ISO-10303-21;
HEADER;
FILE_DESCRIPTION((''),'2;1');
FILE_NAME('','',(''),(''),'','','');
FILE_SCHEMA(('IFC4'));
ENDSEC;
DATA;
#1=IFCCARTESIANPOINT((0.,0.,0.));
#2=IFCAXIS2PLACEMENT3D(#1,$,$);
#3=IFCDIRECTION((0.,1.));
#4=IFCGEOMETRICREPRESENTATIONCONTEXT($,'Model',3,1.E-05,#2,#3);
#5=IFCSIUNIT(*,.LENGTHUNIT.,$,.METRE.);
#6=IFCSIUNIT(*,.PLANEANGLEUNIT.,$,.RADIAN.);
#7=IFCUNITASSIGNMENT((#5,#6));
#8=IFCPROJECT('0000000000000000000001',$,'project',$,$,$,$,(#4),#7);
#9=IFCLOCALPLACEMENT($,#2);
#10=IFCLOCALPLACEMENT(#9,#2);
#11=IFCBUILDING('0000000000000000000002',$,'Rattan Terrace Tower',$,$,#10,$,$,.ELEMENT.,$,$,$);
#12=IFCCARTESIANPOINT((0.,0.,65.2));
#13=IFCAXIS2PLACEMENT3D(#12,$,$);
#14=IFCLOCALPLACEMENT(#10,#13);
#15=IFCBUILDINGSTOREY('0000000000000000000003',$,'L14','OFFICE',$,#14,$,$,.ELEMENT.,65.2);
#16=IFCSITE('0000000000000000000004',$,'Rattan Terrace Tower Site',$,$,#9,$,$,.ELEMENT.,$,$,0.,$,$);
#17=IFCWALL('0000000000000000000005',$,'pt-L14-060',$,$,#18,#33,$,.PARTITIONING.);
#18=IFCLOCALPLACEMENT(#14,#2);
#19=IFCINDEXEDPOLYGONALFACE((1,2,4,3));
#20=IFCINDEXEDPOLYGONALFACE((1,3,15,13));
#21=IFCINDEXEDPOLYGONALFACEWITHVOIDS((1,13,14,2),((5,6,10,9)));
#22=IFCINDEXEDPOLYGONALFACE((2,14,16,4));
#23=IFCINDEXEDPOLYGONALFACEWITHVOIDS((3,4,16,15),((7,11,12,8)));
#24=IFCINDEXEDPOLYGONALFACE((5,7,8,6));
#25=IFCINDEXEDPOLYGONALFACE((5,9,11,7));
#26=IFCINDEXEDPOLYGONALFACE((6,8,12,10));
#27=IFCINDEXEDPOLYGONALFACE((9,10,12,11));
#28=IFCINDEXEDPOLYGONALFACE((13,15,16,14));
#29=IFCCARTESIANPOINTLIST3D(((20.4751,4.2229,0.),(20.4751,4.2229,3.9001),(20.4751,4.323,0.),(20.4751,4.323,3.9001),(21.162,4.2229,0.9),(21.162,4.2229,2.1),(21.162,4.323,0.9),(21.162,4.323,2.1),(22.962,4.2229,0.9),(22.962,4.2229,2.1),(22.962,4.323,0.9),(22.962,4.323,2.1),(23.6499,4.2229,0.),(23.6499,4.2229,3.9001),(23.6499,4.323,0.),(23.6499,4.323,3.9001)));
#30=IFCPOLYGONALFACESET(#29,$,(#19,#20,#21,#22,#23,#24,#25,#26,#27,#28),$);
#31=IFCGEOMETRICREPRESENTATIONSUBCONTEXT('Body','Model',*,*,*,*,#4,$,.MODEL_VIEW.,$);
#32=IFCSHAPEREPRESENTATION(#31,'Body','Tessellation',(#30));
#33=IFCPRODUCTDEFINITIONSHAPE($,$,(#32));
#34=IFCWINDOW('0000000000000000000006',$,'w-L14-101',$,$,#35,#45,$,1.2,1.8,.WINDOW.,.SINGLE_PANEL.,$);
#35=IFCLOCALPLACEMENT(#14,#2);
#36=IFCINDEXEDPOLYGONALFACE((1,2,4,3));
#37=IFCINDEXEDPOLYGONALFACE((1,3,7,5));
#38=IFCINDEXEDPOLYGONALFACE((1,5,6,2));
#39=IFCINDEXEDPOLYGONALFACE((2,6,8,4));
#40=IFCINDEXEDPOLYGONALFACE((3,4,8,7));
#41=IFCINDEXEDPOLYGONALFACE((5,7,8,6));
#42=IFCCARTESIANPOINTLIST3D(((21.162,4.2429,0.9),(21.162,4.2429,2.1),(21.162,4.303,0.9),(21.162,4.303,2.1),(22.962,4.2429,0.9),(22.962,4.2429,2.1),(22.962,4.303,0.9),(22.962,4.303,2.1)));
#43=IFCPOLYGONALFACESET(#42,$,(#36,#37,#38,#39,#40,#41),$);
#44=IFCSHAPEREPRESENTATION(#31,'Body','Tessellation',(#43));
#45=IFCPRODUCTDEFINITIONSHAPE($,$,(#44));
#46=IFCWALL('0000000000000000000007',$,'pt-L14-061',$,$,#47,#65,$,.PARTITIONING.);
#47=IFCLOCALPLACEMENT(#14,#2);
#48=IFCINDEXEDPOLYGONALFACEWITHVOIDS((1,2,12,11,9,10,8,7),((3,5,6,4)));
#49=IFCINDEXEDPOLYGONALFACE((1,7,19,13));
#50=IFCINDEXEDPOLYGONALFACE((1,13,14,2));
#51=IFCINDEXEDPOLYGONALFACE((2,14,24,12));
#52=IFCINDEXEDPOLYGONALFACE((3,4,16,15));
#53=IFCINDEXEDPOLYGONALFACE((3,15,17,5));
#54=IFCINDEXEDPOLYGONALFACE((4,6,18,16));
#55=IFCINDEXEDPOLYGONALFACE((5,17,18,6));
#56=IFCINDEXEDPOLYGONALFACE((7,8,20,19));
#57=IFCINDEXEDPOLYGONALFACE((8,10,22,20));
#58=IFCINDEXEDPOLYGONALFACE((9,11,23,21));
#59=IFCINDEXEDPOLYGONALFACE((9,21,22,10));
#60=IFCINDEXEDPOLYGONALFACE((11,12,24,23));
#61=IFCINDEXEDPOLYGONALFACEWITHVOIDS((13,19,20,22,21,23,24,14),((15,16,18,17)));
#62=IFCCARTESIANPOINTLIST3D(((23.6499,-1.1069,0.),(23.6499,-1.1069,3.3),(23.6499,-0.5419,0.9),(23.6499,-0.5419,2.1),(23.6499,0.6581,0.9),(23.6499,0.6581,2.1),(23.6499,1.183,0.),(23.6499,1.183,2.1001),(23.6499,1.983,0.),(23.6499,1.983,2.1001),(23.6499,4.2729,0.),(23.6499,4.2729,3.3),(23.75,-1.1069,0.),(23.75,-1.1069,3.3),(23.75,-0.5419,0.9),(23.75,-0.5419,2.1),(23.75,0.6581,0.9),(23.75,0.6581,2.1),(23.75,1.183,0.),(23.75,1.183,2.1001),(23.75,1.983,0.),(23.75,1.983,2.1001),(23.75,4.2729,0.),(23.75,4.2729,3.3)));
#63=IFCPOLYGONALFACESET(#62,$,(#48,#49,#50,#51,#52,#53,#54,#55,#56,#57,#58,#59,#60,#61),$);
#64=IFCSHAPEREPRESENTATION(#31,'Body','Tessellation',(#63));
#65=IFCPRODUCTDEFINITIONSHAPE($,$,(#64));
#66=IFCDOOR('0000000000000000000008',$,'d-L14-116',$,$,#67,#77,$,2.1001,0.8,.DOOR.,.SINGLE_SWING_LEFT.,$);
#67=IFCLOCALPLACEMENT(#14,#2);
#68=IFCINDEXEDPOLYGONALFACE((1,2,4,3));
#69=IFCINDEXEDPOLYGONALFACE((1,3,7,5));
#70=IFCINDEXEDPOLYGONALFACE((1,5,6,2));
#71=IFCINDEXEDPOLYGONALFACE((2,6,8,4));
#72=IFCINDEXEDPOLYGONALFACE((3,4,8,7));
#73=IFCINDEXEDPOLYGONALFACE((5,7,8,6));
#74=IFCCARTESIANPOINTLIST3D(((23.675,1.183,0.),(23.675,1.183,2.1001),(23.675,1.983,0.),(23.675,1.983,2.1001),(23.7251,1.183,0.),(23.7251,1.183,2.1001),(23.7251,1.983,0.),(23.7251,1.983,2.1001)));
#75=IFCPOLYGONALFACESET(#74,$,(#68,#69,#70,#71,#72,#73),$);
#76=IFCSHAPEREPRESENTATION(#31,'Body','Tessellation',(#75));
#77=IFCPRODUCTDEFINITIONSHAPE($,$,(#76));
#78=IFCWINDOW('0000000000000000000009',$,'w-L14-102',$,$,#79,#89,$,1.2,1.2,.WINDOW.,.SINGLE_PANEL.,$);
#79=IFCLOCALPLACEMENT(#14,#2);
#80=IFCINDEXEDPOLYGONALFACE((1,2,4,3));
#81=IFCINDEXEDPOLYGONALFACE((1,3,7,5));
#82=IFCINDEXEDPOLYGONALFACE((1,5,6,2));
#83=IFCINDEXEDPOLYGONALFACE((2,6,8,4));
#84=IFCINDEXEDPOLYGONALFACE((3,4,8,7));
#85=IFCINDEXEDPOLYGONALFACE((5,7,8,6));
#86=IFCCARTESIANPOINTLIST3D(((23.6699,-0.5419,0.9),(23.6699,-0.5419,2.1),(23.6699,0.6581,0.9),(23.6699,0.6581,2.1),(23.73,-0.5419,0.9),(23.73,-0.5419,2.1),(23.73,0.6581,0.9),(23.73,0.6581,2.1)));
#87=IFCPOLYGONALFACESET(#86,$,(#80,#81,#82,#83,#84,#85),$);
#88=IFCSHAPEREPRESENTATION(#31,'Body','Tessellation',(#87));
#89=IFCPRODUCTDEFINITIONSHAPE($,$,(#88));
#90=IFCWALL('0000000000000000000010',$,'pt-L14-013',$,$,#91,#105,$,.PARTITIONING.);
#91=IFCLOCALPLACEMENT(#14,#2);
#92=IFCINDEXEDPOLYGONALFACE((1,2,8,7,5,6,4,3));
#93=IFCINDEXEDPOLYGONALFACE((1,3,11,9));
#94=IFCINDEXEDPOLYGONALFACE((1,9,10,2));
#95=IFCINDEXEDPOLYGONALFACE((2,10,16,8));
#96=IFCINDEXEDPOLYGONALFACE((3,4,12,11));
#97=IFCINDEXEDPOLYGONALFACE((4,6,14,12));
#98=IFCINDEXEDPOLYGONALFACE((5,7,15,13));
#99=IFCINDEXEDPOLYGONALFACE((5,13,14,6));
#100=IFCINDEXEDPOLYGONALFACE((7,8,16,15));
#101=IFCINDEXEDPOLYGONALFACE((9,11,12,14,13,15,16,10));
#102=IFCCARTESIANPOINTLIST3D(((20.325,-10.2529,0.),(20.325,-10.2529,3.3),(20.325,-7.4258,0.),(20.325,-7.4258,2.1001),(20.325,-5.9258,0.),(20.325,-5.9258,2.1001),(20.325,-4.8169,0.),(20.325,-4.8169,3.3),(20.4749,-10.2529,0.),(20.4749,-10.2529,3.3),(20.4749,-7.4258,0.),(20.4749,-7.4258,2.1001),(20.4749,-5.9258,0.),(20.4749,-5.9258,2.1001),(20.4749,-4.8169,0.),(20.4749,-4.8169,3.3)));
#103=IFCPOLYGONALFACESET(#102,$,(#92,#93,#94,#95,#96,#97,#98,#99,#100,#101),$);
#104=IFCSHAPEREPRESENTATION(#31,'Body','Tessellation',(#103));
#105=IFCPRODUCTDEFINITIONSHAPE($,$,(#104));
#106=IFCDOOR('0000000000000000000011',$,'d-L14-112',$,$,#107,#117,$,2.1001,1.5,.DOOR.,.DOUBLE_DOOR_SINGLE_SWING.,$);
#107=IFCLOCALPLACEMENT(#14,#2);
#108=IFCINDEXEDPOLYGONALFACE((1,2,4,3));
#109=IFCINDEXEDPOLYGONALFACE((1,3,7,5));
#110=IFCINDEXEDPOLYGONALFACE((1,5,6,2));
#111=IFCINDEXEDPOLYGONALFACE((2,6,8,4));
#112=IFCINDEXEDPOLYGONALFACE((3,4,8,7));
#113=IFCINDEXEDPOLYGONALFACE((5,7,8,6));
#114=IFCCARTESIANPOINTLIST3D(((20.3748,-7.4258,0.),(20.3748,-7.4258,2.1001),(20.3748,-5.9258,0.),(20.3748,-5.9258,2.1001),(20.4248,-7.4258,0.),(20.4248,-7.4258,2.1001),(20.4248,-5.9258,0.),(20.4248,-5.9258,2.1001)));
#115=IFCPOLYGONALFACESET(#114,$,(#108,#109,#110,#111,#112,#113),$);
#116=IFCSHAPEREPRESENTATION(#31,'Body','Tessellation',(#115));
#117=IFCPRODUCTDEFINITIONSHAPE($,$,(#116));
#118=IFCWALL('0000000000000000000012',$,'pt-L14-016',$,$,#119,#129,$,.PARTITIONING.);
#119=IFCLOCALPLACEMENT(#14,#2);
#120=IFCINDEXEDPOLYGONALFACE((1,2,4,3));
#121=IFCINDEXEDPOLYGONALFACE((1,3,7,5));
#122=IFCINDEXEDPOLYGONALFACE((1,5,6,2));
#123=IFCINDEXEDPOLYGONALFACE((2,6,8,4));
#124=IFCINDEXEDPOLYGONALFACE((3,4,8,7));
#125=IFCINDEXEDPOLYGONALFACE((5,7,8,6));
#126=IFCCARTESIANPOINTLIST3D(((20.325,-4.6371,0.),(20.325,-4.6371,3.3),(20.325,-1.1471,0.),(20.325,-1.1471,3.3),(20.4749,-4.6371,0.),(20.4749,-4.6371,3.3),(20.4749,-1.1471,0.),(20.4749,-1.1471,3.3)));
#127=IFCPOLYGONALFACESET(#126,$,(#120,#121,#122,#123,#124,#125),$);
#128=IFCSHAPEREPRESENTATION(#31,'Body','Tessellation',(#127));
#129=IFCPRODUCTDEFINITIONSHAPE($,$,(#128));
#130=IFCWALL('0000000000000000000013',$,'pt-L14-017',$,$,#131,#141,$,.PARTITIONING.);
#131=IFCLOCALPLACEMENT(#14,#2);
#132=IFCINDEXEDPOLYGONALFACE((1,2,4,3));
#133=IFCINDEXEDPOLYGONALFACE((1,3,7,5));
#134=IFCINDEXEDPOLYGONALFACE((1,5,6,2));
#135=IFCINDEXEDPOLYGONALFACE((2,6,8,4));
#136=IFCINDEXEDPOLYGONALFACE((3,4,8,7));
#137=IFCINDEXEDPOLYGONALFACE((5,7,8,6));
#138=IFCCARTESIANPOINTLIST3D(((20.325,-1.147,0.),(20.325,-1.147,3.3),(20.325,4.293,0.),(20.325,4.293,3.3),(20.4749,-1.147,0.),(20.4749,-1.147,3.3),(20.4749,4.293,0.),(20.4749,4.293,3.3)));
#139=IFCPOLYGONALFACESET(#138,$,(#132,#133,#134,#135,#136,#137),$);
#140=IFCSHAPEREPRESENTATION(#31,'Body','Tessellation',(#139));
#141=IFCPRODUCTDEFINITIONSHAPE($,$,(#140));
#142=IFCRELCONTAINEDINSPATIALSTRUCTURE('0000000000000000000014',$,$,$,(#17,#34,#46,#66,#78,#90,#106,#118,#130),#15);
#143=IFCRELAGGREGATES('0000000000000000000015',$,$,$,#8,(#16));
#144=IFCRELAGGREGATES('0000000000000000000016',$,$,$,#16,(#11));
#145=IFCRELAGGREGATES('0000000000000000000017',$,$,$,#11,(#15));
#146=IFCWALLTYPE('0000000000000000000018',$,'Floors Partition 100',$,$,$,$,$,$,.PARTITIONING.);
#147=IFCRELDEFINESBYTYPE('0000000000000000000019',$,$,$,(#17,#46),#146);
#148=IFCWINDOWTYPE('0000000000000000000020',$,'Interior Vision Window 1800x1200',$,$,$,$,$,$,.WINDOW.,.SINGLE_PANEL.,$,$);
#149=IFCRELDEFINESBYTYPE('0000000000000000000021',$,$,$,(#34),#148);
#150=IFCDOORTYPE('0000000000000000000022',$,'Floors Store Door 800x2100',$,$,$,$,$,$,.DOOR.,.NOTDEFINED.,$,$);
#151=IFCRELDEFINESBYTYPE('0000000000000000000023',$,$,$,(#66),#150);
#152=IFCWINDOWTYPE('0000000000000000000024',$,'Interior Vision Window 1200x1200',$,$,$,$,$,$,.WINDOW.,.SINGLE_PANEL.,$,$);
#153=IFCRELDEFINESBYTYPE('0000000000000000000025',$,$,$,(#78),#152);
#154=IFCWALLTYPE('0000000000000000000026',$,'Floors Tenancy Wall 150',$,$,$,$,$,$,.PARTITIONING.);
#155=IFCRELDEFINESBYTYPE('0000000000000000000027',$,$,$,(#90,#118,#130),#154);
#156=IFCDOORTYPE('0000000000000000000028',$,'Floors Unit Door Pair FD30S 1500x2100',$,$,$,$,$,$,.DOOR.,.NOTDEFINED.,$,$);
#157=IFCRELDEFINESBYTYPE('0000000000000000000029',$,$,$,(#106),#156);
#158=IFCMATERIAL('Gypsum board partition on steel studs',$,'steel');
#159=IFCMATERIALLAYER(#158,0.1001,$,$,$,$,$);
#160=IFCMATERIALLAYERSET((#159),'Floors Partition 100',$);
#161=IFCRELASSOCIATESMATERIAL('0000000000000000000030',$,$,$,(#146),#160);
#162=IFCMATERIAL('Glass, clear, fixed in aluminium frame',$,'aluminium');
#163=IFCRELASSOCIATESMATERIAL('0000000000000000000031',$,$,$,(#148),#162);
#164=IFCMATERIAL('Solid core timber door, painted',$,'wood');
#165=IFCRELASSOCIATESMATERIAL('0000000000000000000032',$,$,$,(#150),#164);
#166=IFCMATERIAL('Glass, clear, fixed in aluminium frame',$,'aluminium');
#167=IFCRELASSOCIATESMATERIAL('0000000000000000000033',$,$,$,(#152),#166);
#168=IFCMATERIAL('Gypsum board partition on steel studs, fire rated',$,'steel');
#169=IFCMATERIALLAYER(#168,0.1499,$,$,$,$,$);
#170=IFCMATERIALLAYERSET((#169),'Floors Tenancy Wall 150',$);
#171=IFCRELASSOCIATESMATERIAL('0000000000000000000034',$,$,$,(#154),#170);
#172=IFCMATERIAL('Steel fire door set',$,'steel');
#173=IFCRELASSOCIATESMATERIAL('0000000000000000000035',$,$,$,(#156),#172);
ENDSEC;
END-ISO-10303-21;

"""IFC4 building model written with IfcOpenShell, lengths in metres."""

from ifc_helpers import new_model, si_unit, direction, frame, frame_2d, origin, place, context, subcontext, project, spatial, rectangle, extrude, material, layer, layer_set, type_object, element, fill, save


model = new_model("IFC4")

# Units and contexts
model_context = context("Model", 3, precision=1e-05, world=origin(), true_north=direction((0.0, 1.0)))
body_context = subcontext(model_context, "Body", "Model", "MODEL_VIEW")
ifc_project = project(units=[si_unit("LENGTHUNIT", "METRE"), si_unit("PLANEANGLEUNIT", "RADIAN")], contexts=[model_context])

# Site, building, storey
site_placement = place(None, origin())
site = spatial("IfcSite", under=ifc_project, at=site_placement, Name="Rattan Terrace Tower Site", CompositionType="ELEMENT", RefElevation=0.0)
building_placement = place(site_placement, origin())
building = spatial("IfcBuilding", under=site, at=building_placement, Name="Rattan Terrace Tower", CompositionType="ELEMENT")
storey_placement = place(building_placement, frame((0.0, 0.0, 65.2)))
storey = spatial("IfcBuildingStorey", under=building, at=storey_placement, Name="L14", Description="OFFICE", CompositionType="ELEMENT", Elevation=65.2)

# Wall, opening, window
ifc_material_1 = material(Name="Gypsum board partition on steel studs", Category="steel")
ifc_layer_1 = layer(ifc_material_1, 0.1001)
ifc_layer_set_1 = layer_set([ifc_layer_1], Name="Floors Partition 100")
wall_type_1 = type_object("IfcWallType", Name="Floors Partition 100", PredefinedType="PARTITIONING", material=ifc_layer_set_1)
wall_1_placement = place(storey_placement, frame((23.6499, 4.2729, 0.0), z_axis=(0.0, 0.0, 1.0), x_axis=(-1.0, 0.0, 0.0)))
wall_1 = element("IfcWall", 1, at=wall_1_placement, inside=storey, type_object=wall_type_1, Name="pt-L14-060", PredefinedType="PARTITIONING", context=body_context, shape_type="SweptSolid", body=[
    extrude(rectangle(XDim=3.1748, YDim=0.1001, at=frame_2d((1.5874, 0.0))), origin(), (0.0, 0.0, 1.0), 3.9001),
])
opening_1_placement = place(wall_1_placement, frame((0.688, 0.0, 0.8999)))
opening_1 = element("IfcOpeningElement", 2, at=opening_1_placement, cuts=wall_1, PredefinedType="OPENING", context=body_context, shape_type="SweptSolid", body=[
    extrude(rectangle(XDim=1.8, YDim=1.2, at=frame_2d((0.8999, 0.6001))), frame((0.0, 0.0605, 0.0), z_axis=(0.0, -1.0, 0.0), x_axis=(1.0, 0.0, 0.0)), (0.0, 0.0, 1.0), 0.1211),
])
ifc_material_2 = material(Name="Glass, clear, fixed in aluminium frame", Category="aluminium")
window_type_1 = type_object("IfcWindowType", Name="Interior Vision Window 1800x1200", PartitioningType="SINGLE_PANEL", PredefinedType="WINDOW", material=ifc_material_2)
window_1_placement = place(opening_1_placement, origin())
window_1 = element("IfcWindow", 3, at=window_1_placement, inside=storey, type_object=window_type_1, Name="w-L14-101", OverallHeight=1.2, OverallWidth=1.8, PartitioningType="SINGLE_PANEL", PredefinedType="WINDOW", context=body_context, shape_type="SweptSolid", body=[
    extrude(rectangle(XDim=1.8, YDim=1.2, at=frame_2d((0.8999, 0.6001))), frame((0.0, 0.03, 0.0), z_axis=(0.0, -1.0, 0.0), x_axis=(1.0, 0.0, 0.0)), (0.0, 0.0, 1.0), 0.0601),
])
fill(opening_1, window_1)

# Wall, openings, door, window
wall_2_placement = place(storey_placement, frame((23.7, -1.1069, 0.0), z_axis=(0.0, 0.0, 1.0), x_axis=(0.0, 1.0, 0.0)))
wall_2 = element("IfcWall", 4, at=wall_2_placement, inside=storey, type_object=wall_type_1, Name="pt-L14-061", PredefinedType="PARTITIONING", context=body_context, shape_type="SweptSolid", body=[
    extrude(rectangle(XDim=5.3799, YDim=0.1001, at=frame_2d((2.6899, 0.0))), origin(), (0.0, 0.0, 1.0), 3.3),
])
opening_2_placement = place(wall_2_placement, frame((2.29, 0.0, 0.0)))
opening_2 = element("IfcOpeningElement", 5, at=opening_2_placement, cuts=wall_2, PredefinedType="OPENING", context=body_context, shape_type="SweptSolid", body=[
    extrude(rectangle(XDim=0.8, YDim=2.1001, at=frame_2d((0.3999, 1.05))), frame((0.0, 0.0605, 0.0), z_axis=(0.0, -1.0, 0.0), x_axis=(1.0, 0.0, 0.0)), (0.0, 0.0, 1.0), 0.1211),
])
opening_3_placement = place(wall_2_placement, frame((0.5649, 0.0, 0.8999)))
opening_3 = element("IfcOpeningElement", 6, at=opening_3_placement, cuts=wall_2, PredefinedType="OPENING", context=body_context, shape_type="SweptSolid", body=[
    extrude(rectangle(XDim=1.2, YDim=1.2, at=frame_2d((0.6001, 0.6001))), frame((0.0, 0.0605, 0.0), z_axis=(0.0, -1.0, 0.0), x_axis=(1.0, 0.0, 0.0)), (0.0, 0.0, 1.0), 0.1211),
])
ifc_material_3 = material(Name="Solid core timber door, painted", Category="wood")
door_type_1 = type_object("IfcDoorType", Name="Floors Store Door 800x2100", OperationType="NOTDEFINED", PredefinedType="DOOR", material=ifc_material_3)
door_1_placement = place(opening_2_placement, origin())
door_1 = element("IfcDoor", 7, at=door_1_placement, inside=storey, type_object=door_type_1, Name="d-L14-116", OperationType="SINGLE_SWING_LEFT", OverallHeight=2.1001, OverallWidth=0.8, PredefinedType="DOOR", context=body_context, shape_type="SweptSolid", body=[
    extrude(rectangle(XDim=0.8, YDim=2.1001, at=frame_2d((0.3999, 1.05))), frame((0.0, 0.0249, 0.0), z_axis=(0.0, -1.0, 0.0), x_axis=(1.0, 0.0, 0.0)), (0.0, 0.0, 1.0), 0.05),
])
fill(opening_2, door_1)
ifc_material_4 = material(Name="Glass, clear, fixed in aluminium frame", Category="aluminium")
window_type_2 = type_object("IfcWindowType", Name="Interior Vision Window 1200x1200", PartitioningType="SINGLE_PANEL", PredefinedType="WINDOW", material=ifc_material_4)
window_2_placement = place(opening_3_placement, origin())
window_2 = element("IfcWindow", 8, at=window_2_placement, inside=storey, type_object=window_type_2, Name="w-L14-102", OverallHeight=1.2, OverallWidth=1.2, PartitioningType="SINGLE_PANEL", PredefinedType="WINDOW", context=body_context, shape_type="SweptSolid", body=[
    extrude(rectangle(XDim=1.2, YDim=1.2, at=frame_2d((0.6001, 0.6001))), frame((0.0, 0.03, 0.0), z_axis=(0.0, -1.0, 0.0), x_axis=(1.0, 0.0, 0.0)), (0.0, 0.0, 1.0), 0.0601),
])
fill(opening_3, window_2)

# Wall, opening, door
ifc_material_5 = material(Name="Gypsum board partition on steel studs, fire rated", Category="steel")
ifc_layer_2 = layer(ifc_material_5, 0.1499)
ifc_layer_set_2 = layer_set([ifc_layer_2], Name="Floors Tenancy Wall 150")
wall_type_2 = type_object("IfcWallType", Name="Floors Tenancy Wall 150", PredefinedType="PARTITIONING", material=ifc_layer_set_2)
wall_3_placement = place(storey_placement, frame((20.3999, -4.8169, 0.0), z_axis=(0.0, 0.0, 1.0), x_axis=(0.0, -1.0, 0.0)))
wall_3 = element("IfcWall", 9, at=wall_3_placement, inside=storey, type_object=wall_type_2, Name="pt-L14-013", PredefinedType="PARTITIONING", context=body_context, shape_type="SweptSolid", body=[
    extrude(rectangle(XDim=5.436, YDim=0.1499, at=frame_2d((2.718, 0.0))), origin(), (0.0, 0.0, 1.0), 3.3),
])
opening_4_placement = place(wall_3_placement, frame((1.1089, 0.0, 0.0)))
opening_4 = element("IfcOpeningElement", 10, at=opening_4_placement, cuts=wall_3, PredefinedType="OPENING", context=body_context, shape_type="SweptSolid", body=[
    extrude(rectangle(XDim=1.5, YDim=2.1001, at=frame_2d((0.75, 1.05))), frame((0.0, 0.0854, 0.0), z_axis=(0.0, -1.0, 0.0), x_axis=(1.0, 0.0, 0.0)), (0.0, 0.0, 1.0), 0.1709),
])
ifc_material_6 = material(Name="Steel fire door set", Category="steel")
door_type_2 = type_object("IfcDoorType", Name="Floors Unit Door Pair FD30S 1500x2100", OperationType="NOTDEFINED", PredefinedType="DOOR", material=ifc_material_6)
door_2_placement = place(opening_4_placement, origin())
door_2 = element("IfcDoor", 11, at=door_2_placement, inside=storey, type_object=door_type_2, Name="d-L14-112", OperationType="DOUBLE_DOOR_SINGLE_SWING", OverallHeight=2.1001, OverallWidth=1.5, PredefinedType="DOOR", context=body_context, shape_type="SweptSolid", body=[
    extrude(rectangle(XDim=1.5, YDim=2.1001, at=frame_2d((0.75, 1.05))), frame((0.0, 0.0249, 0.0), z_axis=(0.0, -1.0, 0.0), x_axis=(1.0, 0.0, 0.0)), (0.0, 0.0, 1.0), 0.05),
])
fill(opening_4, door_2)

# Walls
wall_4_placement = place(storey_placement, frame((20.3999, -1.147, 0.0), z_axis=(0.0, 0.0, 1.0), x_axis=(0.0, -1.0, 0.0)))
element("IfcWall", 12, at=wall_4_placement, inside=storey, type_object=wall_type_2, Name="pt-L14-016", PredefinedType="PARTITIONING", context=body_context, shape_type="SweptSolid", body=[
    extrude(rectangle(XDim=3.49, YDim=0.1499, at=frame_2d((1.7451, 0.0))), origin(), (0.0, 0.0, 1.0), 3.3),
])
wall_5_placement = place(storey_placement, frame((20.3999, 4.293, 0.0), z_axis=(0.0, 0.0, 1.0), x_axis=(0.0, -1.0, 0.0)))
element("IfcWall", 13, at=wall_5_placement, inside=storey, type_object=wall_type_2, Name="pt-L14-017", PredefinedType="PARTITIONING", context=body_context, shape_type="SweptSolid", body=[
    extrude(rectangle(XDim=5.4399, YDim=0.1499, at=frame_2d((2.72, 0.0))), origin(), (0.0, 0.0, 1.0), 3.3),
])

save(model, "model.ifc")
